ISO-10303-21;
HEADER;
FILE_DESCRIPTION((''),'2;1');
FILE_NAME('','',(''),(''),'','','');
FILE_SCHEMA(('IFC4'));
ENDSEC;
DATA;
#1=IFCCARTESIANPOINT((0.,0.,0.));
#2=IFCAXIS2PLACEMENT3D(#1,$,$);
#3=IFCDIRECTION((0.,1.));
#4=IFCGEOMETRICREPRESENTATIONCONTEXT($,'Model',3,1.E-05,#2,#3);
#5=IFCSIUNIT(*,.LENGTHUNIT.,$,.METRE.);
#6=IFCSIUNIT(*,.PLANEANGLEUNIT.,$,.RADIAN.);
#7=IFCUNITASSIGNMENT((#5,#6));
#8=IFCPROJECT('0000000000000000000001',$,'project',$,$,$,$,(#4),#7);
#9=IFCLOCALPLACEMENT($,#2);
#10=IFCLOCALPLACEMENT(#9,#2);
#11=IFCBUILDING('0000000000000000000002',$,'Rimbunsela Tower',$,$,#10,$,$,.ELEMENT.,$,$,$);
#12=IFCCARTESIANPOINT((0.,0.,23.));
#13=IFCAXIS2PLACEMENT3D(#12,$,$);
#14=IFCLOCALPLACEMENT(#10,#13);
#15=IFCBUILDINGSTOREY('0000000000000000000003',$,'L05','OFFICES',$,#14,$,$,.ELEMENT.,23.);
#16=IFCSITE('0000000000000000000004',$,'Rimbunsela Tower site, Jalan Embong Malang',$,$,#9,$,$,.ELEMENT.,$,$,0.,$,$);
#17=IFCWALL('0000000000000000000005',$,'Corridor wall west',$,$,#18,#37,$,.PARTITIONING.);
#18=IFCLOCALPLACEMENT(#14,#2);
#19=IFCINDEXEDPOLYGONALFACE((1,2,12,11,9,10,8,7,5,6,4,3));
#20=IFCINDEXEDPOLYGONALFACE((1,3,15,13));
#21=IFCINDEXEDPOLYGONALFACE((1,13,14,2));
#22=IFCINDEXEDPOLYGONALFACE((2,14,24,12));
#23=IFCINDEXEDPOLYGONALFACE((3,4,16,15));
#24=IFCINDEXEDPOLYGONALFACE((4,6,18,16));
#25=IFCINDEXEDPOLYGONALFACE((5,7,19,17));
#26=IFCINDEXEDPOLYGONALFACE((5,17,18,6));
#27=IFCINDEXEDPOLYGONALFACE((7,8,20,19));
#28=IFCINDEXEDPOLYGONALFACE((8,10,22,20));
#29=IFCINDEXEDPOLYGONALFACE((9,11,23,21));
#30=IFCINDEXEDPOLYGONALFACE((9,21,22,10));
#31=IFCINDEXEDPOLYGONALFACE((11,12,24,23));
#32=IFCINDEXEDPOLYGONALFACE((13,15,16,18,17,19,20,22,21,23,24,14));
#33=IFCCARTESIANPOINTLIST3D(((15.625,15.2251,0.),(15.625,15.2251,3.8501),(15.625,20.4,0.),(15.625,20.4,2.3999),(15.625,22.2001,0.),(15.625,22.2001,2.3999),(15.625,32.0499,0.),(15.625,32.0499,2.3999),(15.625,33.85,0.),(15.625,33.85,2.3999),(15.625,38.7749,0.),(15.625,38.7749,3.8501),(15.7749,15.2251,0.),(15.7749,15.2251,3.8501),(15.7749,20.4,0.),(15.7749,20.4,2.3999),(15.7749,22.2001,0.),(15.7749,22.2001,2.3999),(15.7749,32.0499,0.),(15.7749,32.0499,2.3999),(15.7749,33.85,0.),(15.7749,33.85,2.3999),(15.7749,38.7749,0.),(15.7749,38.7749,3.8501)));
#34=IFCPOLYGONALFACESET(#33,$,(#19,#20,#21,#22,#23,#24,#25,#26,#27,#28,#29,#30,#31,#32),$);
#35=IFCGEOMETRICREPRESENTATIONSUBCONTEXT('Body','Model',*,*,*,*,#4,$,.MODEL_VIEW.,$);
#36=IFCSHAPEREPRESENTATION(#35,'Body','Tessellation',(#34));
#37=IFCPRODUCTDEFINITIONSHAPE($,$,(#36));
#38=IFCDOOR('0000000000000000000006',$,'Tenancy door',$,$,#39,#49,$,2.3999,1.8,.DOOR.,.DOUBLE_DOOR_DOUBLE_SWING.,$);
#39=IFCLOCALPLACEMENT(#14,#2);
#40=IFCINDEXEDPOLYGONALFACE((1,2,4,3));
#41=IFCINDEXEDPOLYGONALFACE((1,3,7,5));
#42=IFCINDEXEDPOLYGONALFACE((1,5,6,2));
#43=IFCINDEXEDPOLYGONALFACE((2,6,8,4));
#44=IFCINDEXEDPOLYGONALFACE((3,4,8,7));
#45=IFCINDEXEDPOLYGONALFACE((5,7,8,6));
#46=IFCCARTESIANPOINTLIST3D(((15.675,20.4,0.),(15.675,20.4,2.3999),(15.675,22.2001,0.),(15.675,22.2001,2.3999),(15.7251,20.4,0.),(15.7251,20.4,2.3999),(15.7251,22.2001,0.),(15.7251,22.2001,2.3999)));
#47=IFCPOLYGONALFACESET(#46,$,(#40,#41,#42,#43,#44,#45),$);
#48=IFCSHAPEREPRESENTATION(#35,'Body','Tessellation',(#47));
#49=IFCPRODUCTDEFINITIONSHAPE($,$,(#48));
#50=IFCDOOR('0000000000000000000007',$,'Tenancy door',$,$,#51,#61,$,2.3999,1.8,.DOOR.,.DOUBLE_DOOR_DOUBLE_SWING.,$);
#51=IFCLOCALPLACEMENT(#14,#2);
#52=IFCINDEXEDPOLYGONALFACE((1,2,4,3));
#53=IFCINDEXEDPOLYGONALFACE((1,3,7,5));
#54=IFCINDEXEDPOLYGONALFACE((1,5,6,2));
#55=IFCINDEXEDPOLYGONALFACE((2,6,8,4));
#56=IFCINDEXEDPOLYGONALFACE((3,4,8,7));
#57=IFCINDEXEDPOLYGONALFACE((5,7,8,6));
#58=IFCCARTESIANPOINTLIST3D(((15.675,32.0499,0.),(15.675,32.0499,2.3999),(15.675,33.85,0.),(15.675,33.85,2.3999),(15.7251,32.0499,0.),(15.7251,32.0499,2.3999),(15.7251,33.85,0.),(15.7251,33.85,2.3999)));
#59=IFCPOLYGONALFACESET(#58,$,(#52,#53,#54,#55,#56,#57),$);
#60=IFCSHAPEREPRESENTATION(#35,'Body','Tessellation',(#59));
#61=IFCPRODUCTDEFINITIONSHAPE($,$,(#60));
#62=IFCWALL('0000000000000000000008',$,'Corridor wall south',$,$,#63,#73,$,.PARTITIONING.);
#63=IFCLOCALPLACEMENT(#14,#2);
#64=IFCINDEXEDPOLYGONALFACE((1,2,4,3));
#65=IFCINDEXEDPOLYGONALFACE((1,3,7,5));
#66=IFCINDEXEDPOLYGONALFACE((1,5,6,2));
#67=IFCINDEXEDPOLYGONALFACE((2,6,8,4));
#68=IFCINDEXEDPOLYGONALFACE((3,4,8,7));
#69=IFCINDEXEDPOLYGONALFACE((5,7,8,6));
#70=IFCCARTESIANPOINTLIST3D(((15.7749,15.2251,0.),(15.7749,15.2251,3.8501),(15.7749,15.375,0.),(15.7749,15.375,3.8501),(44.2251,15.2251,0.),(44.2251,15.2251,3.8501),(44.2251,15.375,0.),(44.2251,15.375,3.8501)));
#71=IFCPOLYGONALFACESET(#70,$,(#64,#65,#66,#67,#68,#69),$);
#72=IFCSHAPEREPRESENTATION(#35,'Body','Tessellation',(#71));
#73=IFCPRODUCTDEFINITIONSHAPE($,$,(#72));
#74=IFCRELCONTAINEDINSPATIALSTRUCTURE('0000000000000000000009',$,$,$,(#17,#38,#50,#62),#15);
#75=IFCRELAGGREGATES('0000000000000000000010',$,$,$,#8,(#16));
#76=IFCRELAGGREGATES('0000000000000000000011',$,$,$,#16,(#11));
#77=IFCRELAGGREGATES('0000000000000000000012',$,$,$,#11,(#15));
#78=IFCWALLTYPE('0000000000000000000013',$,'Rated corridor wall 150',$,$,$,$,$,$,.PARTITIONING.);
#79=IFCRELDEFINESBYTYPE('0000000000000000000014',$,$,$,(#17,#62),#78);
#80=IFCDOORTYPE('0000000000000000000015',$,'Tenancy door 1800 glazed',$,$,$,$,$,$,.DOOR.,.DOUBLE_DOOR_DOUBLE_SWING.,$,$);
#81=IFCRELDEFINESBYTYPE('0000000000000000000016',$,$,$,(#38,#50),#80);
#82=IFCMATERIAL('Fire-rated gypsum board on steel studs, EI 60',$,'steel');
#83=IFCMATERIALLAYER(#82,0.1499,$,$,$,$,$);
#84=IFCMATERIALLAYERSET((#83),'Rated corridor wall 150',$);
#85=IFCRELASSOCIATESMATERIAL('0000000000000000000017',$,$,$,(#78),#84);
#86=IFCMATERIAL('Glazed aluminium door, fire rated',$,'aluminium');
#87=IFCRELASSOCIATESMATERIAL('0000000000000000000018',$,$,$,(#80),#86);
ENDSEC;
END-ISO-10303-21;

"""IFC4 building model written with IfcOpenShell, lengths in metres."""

from ifc_helpers import new_model, si_unit, direction, frame, frame_2d, origin, place, context, subcontext, project, spatial, rectangle, extrude, material, layer, layer_set, type_object, element, fill, save


model = new_model("IFC4")

# Units and contexts
model_context = context("Model", 3, precision=1e-05, world=origin(), true_north=direction((0.0, 1.0)))
body_context = subcontext(model_context, "Body", "Model", "MODEL_VIEW")
ifc_project = project(units=[si_unit("LENGTHUNIT", "METRE"), si_unit("PLANEANGLEUNIT", "RADIAN")], contexts=[model_context])

# Site, building, storey
site_placement = place(None, origin())
site = spatial("IfcSite", under=ifc_project, at=site_placement, Name="Rimbunsela Tower site, Jalan Embong Malang", CompositionType="ELEMENT", RefElevation=0.0)
building_placement = place(site_placement, origin())
building = spatial("IfcBuilding", under=site, at=building_placement, Name="Rimbunsela Tower", CompositionType="ELEMENT")
storey_placement = place(building_placement, frame((0.0, 0.0, 23.0)))
storey = spatial("IfcBuildingStorey", under=building, at=storey_placement, Name="L05", Description="OFFICES", CompositionType="ELEMENT", Elevation=23.0)

# Wall, openings, doors
ifc_material_1 = material(Name="Fire-rated gypsum board on steel studs, EI 60", Category="steel")
ifc_layer_1 = layer(ifc_material_1, 0.1499)
ifc_layer_set_1 = layer_set([ifc_layer_1], Name="Rated corridor wall 150")
wall_type_1 = type_object("IfcWallType", Name="Rated corridor wall 150", PredefinedType="PARTITIONING", material=ifc_layer_set_1)
wall_1_placement = place(storey_placement, frame((15.7, 15.2251, 0.0), z_axis=(0.0, 0.0, 1.0), x_axis=(0.0, 1.0, 0.0)))
wall_1 = element("IfcWall", 1, at=wall_1_placement, inside=storey, type_object=wall_type_1, Name="Corridor wall west", PredefinedType="PARTITIONING", context=body_context, shape_type="SweptSolid", body=[
    extrude(rectangle(XDim=23.5498, YDim=0.1499, at=frame_2d((11.7749, 0.0))), origin(), (0.0, 0.0, 1.0), 3.8501),
])
opening_1_placement = place(wall_1_placement, frame((5.175, 0.0, 0.0)))
opening_1 = element("IfcOpeningElement", 2, at=opening_1_placement, cuts=wall_1, PredefinedType="OPENING", context=body_context, shape_type="SweptSolid", body=[
    extrude(rectangle(XDim=1.8, YDim=2.3999, at=frame_2d((0.8999, 1.2))), frame((0.0, 0.085, 0.0), z_axis=(0.0, -1.0, 0.0), x_axis=(1.0, 0.0, 0.0)), (0.0, 0.0, 1.0), 0.1699),
])
opening_2_placement = place(wall_1_placement, frame((16.825, 0.0, 0.0)))
opening_2 = element("IfcOpeningElement", 3, at=opening_2_placement, cuts=wall_1, PredefinedType="OPENING", context=body_context, shape_type="SweptSolid", body=[
    extrude(rectangle(XDim=1.8, YDim=2.3999, at=frame_2d((0.8999, 1.2))), frame((0.0, 0.085, 0.0), z_axis=(0.0, -1.0, 0.0), x_axis=(1.0, 0.0, 0.0)), (0.0, 0.0, 1.0), 0.1699),
])
ifc_material_2 = material(Name="Glazed aluminium door, fire rated", Category="aluminium")
door_type_1 = type_object("IfcDoorType", Name="Tenancy door 1800 glazed", OperationType="DOUBLE_DOOR_DOUBLE_SWING", PredefinedType="DOOR", material=ifc_material_2)
door_1_placement = place(opening_1_placement, origin())
door_1 = element("IfcDoor", 4, at=door_1_placement, inside=storey, type_object=door_type_1, Name="Tenancy door", OperationType="DOUBLE_DOOR_DOUBLE_SWING", OverallHeight=2.3999, OverallWidth=1.8, PredefinedType="DOOR", context=body_context, shape_type="SweptSolid", body=[
    extrude(rectangle(XDim=1.8, YDim=2.3999, at=frame_2d((0.8999, 1.2))), frame((0.0, 0.0249, 0.0), z_axis=(0.0, -1.0, 0.0), x_axis=(1.0, 0.0, 0.0)), (0.0, 0.0, 1.0), 0.05),
])
fill(opening_1, door_1)
door_2_placement = place(opening_2_placement, origin())
door_2 = element("IfcDoor", 5, at=door_2_placement, inside=storey, type_object=door_type_1, Name="Tenancy door", OperationType="DOUBLE_DOOR_DOUBLE_SWING", OverallHeight=2.3999, OverallWidth=1.8, PredefinedType="DOOR", context=body_context, shape_type="SweptSolid", body=[
    extrude(rectangle(XDim=1.8, YDim=2.3999, at=frame_2d((0.8999, 1.2))), frame((0.0, 0.0249, 0.0), z_axis=(0.0, -1.0, 0.0), x_axis=(1.0, 0.0, 0.0)), (0.0, 0.0, 1.0), 0.05),
])
fill(opening_2, door_2)

# Wall
wall_2_placement = place(storey_placement, frame((15.7749, 15.3, 0.0), z_axis=(0.0, 0.0, 1.0), x_axis=(1.0, 0.0, 0.0)))
element("IfcWall", 6, at=wall_2_placement, inside=storey, type_object=wall_type_1, Name="Corridor wall south", PredefinedType="PARTITIONING", context=body_context, shape_type="SweptSolid", body=[
    extrude(rectangle(XDim=28.4502, YDim=0.1499, at=frame_2d((14.2251, 0.0))), origin(), (0.0, 0.0, 1.0), 3.8501),
])

save(model, "model.ifc")
